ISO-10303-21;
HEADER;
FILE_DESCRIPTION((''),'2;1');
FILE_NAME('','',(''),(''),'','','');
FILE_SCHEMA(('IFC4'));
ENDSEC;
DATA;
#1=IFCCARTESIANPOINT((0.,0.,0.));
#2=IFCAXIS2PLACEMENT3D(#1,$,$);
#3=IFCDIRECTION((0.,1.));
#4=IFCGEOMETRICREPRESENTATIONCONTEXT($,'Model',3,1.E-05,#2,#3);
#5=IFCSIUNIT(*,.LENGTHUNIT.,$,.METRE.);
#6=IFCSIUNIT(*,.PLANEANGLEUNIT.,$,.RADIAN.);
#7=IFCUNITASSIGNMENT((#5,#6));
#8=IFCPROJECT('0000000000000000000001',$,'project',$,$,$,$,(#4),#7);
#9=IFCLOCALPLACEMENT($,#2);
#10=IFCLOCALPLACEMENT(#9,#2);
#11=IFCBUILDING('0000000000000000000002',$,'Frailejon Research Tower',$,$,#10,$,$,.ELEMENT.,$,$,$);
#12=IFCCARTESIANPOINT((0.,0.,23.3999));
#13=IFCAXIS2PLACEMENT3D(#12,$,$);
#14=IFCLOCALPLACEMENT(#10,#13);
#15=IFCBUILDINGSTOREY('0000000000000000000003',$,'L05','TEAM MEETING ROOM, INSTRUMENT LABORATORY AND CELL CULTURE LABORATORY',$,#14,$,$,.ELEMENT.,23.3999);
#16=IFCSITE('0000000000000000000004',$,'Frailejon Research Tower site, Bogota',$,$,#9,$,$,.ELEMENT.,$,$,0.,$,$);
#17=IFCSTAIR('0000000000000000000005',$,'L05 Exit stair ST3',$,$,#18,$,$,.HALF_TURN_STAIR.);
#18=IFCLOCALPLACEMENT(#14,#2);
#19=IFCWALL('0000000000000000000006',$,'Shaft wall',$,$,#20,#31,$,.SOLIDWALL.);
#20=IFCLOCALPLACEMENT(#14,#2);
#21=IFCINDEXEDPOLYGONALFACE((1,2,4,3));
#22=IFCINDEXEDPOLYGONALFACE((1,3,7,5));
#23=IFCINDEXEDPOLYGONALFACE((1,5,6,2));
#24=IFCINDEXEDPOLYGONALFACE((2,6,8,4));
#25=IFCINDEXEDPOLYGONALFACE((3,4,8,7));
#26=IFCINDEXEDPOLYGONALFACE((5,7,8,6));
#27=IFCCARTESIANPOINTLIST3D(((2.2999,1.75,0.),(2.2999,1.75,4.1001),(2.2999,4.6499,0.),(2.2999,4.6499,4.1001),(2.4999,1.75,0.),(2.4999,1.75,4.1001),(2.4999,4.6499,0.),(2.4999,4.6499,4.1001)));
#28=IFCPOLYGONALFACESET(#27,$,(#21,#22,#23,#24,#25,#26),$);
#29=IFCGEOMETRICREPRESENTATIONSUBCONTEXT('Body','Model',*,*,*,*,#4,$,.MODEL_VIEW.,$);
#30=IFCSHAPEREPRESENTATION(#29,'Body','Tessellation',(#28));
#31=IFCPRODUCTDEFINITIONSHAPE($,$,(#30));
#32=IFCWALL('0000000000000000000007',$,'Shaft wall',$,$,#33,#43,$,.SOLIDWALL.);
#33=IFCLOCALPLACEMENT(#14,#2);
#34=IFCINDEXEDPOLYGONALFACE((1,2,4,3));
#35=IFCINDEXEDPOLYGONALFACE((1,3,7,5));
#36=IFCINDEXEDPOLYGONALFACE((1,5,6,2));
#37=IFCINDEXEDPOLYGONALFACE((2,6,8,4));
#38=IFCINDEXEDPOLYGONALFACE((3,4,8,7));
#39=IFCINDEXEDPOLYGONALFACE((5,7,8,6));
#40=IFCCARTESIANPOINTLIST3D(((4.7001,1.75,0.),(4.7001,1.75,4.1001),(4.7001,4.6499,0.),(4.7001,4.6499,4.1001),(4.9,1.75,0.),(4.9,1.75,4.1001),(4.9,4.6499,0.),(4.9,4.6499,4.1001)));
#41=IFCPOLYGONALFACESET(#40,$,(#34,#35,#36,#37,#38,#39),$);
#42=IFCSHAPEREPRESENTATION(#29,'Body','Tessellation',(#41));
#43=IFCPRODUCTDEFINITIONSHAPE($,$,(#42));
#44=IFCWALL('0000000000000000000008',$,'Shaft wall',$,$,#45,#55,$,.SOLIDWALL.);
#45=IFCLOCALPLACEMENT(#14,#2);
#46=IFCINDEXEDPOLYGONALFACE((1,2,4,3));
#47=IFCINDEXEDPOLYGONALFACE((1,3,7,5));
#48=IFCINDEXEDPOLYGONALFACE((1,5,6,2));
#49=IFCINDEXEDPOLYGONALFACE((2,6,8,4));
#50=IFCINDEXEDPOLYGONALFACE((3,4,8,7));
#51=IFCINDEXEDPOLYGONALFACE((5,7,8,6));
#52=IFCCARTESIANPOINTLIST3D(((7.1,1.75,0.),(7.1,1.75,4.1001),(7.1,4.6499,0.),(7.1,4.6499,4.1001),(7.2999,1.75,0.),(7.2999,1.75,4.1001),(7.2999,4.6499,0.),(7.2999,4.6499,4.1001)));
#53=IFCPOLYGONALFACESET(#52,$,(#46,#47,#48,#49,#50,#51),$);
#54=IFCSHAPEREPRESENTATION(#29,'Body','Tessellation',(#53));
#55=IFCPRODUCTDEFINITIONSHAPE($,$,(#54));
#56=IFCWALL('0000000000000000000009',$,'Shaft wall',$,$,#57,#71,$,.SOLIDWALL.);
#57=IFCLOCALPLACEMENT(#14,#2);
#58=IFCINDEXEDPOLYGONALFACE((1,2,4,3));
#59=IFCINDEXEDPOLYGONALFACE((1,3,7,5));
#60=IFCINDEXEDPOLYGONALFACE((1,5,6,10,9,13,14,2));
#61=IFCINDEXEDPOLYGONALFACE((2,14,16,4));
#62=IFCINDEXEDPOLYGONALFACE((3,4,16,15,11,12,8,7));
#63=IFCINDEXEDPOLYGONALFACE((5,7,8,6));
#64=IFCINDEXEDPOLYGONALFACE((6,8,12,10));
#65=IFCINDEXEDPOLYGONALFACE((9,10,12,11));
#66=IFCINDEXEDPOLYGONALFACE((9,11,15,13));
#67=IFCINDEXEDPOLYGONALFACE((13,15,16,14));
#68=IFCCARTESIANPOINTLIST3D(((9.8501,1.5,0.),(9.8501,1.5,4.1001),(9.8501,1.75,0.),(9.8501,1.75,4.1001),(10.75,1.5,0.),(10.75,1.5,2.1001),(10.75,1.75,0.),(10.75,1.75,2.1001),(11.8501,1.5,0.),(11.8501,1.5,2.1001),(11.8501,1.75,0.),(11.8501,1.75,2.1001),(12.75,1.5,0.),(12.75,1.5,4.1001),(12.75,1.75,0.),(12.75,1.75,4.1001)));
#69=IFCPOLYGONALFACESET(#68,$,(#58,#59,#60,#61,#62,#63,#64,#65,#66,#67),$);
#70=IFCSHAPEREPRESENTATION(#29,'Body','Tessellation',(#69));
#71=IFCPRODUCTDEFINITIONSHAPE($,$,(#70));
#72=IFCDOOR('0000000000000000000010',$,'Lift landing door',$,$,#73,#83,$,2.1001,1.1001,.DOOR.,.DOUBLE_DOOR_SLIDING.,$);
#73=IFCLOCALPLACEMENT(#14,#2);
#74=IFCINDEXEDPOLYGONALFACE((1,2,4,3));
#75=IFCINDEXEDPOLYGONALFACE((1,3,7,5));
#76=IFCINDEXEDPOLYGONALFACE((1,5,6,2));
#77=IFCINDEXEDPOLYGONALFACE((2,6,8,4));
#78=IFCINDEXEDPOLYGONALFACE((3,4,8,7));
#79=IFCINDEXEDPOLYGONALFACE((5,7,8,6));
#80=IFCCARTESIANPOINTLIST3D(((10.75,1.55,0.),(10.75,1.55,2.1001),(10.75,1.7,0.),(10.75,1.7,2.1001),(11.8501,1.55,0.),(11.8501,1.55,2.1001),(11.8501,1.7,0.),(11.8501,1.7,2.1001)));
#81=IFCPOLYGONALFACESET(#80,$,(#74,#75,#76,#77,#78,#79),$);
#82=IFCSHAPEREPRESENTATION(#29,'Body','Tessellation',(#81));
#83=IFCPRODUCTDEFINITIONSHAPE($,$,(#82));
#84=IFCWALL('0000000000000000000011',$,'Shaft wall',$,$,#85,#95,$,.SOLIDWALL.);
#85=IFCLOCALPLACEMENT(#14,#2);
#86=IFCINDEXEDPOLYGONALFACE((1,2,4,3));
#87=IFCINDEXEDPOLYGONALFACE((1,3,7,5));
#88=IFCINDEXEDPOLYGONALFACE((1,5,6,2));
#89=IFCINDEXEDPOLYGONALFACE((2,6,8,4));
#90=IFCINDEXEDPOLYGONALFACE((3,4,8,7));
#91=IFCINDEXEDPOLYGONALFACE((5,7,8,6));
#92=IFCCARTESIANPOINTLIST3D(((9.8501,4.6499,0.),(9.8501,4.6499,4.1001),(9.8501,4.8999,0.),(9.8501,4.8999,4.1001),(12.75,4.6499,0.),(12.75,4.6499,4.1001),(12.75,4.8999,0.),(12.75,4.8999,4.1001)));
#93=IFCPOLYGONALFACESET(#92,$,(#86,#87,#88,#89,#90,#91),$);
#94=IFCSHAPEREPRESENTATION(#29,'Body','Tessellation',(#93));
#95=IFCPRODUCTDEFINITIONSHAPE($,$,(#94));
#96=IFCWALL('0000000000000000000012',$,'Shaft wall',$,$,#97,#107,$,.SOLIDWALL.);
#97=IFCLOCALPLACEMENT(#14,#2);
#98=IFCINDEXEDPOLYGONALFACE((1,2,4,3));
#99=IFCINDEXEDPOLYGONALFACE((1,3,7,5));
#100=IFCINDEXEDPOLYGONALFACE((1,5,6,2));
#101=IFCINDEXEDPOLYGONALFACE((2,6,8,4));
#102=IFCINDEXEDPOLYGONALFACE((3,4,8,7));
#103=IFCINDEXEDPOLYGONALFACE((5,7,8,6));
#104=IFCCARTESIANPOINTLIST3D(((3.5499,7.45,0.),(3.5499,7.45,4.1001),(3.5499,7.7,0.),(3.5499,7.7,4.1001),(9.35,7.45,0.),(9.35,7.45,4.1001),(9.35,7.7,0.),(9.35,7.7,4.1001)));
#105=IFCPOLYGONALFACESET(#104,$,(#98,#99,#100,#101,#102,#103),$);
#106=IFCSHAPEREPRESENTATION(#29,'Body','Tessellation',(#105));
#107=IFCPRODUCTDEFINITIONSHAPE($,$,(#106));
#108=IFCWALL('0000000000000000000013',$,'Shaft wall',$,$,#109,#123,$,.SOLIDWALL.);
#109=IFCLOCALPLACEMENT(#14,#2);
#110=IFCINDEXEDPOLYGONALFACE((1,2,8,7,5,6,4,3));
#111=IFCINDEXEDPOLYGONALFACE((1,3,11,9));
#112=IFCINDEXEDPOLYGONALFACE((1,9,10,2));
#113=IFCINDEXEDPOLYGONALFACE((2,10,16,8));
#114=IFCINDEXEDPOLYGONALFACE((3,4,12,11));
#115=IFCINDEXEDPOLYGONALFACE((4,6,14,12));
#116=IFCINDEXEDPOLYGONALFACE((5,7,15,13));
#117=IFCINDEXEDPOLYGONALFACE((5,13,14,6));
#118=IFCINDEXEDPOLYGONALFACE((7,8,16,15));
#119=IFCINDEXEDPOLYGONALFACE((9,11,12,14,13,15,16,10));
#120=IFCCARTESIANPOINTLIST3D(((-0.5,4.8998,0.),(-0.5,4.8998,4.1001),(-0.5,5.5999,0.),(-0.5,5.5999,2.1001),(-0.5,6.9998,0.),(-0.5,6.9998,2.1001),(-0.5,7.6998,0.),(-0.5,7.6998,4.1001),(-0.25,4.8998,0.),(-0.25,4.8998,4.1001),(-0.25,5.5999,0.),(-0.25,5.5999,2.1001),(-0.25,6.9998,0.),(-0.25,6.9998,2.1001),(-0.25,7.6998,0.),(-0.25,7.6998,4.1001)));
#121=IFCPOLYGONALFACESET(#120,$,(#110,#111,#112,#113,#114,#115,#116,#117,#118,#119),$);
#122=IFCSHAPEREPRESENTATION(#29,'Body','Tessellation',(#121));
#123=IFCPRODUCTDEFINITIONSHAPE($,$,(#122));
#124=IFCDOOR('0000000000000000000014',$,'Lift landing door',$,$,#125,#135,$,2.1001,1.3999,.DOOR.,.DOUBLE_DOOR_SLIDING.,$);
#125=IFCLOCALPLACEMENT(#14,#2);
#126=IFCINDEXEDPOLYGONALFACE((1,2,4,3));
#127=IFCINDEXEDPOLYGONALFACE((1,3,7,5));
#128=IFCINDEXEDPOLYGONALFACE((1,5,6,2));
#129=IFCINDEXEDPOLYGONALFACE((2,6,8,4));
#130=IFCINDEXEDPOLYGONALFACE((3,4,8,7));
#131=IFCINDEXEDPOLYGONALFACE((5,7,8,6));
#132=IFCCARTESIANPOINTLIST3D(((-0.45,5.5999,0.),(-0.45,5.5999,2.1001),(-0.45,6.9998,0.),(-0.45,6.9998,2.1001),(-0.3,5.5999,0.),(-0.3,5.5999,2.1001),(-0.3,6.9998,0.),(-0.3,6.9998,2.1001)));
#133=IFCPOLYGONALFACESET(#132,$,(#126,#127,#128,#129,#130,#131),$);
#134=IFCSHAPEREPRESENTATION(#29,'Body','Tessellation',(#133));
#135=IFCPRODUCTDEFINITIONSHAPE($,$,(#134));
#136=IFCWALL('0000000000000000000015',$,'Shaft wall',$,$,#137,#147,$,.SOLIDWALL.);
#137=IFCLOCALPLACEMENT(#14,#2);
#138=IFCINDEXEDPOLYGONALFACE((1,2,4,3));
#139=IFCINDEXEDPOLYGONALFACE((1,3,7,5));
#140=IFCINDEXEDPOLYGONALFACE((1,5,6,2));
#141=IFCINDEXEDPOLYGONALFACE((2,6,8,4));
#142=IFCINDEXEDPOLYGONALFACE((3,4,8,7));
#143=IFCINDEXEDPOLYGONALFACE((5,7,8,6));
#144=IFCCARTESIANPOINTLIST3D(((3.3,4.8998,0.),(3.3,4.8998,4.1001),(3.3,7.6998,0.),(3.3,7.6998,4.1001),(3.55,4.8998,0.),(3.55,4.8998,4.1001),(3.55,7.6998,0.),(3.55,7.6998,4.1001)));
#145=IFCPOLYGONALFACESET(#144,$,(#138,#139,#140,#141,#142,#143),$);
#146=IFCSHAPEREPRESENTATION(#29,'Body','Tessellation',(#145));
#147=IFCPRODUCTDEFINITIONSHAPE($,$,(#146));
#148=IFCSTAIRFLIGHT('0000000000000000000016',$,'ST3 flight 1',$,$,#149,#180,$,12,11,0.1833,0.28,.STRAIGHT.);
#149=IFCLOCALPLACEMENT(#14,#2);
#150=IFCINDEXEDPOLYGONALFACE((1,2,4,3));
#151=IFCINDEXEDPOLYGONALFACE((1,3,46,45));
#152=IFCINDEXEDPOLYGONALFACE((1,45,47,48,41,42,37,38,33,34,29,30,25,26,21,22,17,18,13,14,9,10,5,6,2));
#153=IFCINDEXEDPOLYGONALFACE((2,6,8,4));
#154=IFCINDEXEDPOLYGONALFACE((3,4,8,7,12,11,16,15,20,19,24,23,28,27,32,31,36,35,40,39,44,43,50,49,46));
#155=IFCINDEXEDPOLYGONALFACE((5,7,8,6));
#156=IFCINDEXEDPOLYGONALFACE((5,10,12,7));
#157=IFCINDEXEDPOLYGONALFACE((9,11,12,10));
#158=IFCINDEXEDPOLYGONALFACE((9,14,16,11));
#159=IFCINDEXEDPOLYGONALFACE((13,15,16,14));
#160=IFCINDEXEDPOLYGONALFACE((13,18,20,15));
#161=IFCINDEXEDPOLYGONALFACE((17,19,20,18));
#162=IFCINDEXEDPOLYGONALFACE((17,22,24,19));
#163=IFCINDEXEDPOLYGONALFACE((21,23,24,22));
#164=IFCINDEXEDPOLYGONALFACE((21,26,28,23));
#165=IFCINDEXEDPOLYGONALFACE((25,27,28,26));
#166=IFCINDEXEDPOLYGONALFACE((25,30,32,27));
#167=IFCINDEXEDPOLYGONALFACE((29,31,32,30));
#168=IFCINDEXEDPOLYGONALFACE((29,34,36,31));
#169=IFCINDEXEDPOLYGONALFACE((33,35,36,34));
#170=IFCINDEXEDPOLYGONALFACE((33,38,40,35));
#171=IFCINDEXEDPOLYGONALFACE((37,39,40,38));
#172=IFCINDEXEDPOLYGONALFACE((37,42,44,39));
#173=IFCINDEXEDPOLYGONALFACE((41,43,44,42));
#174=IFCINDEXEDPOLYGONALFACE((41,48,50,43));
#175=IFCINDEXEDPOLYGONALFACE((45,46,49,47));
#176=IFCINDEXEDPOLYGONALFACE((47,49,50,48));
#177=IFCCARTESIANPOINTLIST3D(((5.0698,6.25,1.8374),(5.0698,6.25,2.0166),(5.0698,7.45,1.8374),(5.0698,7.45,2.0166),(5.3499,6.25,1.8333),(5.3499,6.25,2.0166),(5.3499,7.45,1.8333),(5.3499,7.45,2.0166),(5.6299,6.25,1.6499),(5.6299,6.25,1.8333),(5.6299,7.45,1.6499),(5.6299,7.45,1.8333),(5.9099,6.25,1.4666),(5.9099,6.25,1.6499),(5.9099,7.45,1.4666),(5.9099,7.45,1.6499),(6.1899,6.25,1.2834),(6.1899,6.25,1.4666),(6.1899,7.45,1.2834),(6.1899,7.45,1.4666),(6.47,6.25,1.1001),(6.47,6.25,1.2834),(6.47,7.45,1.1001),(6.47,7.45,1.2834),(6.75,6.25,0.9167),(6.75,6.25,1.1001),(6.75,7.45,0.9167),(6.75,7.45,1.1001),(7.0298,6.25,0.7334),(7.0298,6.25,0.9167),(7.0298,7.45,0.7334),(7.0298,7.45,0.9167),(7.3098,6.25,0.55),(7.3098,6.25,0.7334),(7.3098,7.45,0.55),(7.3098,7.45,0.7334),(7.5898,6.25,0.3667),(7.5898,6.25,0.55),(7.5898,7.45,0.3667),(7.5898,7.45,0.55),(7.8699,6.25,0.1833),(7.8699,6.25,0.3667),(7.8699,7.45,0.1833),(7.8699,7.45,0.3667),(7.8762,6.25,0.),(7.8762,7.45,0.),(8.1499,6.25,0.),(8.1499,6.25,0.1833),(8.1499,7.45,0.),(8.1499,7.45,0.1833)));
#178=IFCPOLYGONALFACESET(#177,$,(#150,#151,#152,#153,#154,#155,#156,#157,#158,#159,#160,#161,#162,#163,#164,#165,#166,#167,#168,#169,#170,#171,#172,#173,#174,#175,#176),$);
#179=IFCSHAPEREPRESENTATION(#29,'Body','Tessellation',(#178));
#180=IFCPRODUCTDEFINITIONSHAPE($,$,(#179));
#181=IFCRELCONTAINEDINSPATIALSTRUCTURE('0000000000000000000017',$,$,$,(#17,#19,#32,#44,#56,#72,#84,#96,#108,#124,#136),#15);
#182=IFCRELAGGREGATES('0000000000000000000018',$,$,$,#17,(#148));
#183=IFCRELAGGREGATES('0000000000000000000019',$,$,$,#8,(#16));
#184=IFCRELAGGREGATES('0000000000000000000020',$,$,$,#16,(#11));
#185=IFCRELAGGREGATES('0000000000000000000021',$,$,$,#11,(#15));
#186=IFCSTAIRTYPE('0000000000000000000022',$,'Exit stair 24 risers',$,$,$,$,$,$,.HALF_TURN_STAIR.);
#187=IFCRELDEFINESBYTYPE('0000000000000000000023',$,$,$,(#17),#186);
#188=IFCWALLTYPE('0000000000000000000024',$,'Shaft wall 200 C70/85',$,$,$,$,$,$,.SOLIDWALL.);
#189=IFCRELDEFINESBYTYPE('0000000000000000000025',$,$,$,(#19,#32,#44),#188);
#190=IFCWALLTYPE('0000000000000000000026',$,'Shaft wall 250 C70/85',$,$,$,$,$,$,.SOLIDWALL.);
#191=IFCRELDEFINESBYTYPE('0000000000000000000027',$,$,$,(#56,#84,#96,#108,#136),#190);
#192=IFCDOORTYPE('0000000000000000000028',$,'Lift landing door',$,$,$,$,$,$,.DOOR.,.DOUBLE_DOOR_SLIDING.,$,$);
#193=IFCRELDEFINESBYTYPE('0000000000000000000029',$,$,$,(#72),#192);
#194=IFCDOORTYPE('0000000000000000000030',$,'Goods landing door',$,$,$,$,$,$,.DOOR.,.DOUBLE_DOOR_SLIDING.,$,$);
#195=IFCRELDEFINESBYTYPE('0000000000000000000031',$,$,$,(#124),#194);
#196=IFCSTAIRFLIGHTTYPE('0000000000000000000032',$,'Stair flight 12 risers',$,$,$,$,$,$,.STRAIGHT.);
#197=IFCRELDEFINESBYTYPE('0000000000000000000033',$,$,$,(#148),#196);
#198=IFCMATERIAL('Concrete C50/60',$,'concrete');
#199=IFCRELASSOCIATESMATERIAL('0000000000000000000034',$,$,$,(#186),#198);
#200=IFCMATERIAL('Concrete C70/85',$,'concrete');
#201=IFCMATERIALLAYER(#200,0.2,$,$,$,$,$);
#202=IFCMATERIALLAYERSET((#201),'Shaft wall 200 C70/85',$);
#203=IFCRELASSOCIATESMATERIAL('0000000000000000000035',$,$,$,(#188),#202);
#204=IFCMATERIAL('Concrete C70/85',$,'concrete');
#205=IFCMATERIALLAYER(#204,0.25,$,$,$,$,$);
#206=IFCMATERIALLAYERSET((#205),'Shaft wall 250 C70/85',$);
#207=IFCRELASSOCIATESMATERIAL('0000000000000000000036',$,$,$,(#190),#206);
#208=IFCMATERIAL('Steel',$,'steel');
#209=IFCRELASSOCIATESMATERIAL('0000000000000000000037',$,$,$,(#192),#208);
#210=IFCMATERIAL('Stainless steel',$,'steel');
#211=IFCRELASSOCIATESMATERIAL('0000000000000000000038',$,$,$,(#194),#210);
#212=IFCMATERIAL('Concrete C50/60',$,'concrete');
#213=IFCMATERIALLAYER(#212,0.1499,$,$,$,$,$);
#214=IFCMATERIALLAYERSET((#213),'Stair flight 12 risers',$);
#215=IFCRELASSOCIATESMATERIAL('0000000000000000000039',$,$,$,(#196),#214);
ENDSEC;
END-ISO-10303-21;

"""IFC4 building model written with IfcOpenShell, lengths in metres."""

from ifc_helpers import new_model, si_unit, direction, frame, frame_2d, origin, place, context, subcontext, project, spatial, polyline, rectangle, outline, extrude, material, layer, layer_set, type_object, element, fill, aggregate, save


model = new_model("IFC4")

# Units and contexts
model_context = context("Model", 3, precision=1e-05, world=origin(), true_north=direction((0.0, 1.0)))
body_context = subcontext(model_context, "Body", "Model", "MODEL_VIEW")
ifc_project = project(units=[si_unit("LENGTHUNIT", "METRE"), si_unit("PLANEANGLEUNIT", "RADIAN")], contexts=[model_context])

# Site, building, storey
site_placement = place(None, origin())
site = spatial("IfcSite", under=ifc_project, at=site_placement, Name="Frailejon Research Tower site, Bogota", CompositionType="ELEMENT", RefElevation=0.0)
building_placement = place(site_placement, origin())
building = spatial("IfcBuilding", under=site, at=building_placement, Name="Frailejon Research Tower", CompositionType="ELEMENT")
storey_placement = place(building_placement, frame((0.0, 0.0, 23.3999)))
storey = spatial("IfcBuildingStorey", under=building, at=storey_placement, Name="L05", Description="TEAM MEETING ROOM, INSTRUMENT LABORATORY AND CELL CULTURE LABORATORY", CompositionType="ELEMENT", Elevation=23.3999)

# Stair
ifc_material_1 = material(Name="Concrete C50/60", Category="concrete")
stair_type = type_object("IfcStairType", Name="Exit stair 24 risers", PredefinedType="HALF_TURN_STAIR", material=ifc_material_1)
stair_1_placement = place(storey_placement, origin())
stair_1 = element("IfcStair", 1, at=stair_1_placement, inside=storey, type_object=stair_type, Name="L05 Exit stair ST3", PredefinedType="HALF_TURN_STAIR")

# Walls
ifc_material_2 = material(Name="Concrete C70/85", Category="concrete")
ifc_layer_1 = layer(ifc_material_2, 0.2)
ifc_layer_set_1 = layer_set([ifc_layer_1], Name="Shaft wall 200 C70/85")
wall_type_1 = type_object("IfcWallType", Name="Shaft wall 200 C70/85", PredefinedType="SOLIDWALL", material=ifc_layer_set_1)
for number, where, z_axis, x_axis, name in (
    (2, (2.3999, 1.75, 0.0), (0.0, 0.0, 1.0), (0.0, 1.0, 0.0), "Shaft wall"),
    (3, (4.8, 1.75, 0.0), (0.0, 0.0, 1.0), (0.0, 1.0, 0.0), "Shaft wall"),
    (4, (7.2, 1.75, 0.0), (0.0, 0.0, 1.0), (0.0, 1.0, 0.0), "Shaft wall"),
):
    element("IfcWall", number, at=place(storey_placement, frame(where, z_axis=z_axis, x_axis=x_axis)), inside=storey, type_object=wall_type_1, Name=name, PredefinedType="SOLIDWALL", context=body_context, shape_type="SweptSolid", body=[
        extrude(rectangle(XDim=2.8999, YDim=0.2, at=frame_2d((1.45, 0.0))), origin(), (0.0, 0.0, 1.0), 4.1001),
    ])

# Wall, opening, door
ifc_material_3 = material(Name="Concrete C70/85", Category="concrete")
ifc_layer_2 = layer(ifc_material_3, 0.25)
ifc_layer_set_2 = layer_set([ifc_layer_2], Name="Shaft wall 250 C70/85")
wall_type_2 = type_object("IfcWallType", Name="Shaft wall 250 C70/85", PredefinedType="SOLIDWALL", material=ifc_layer_set_2)
wall_1_placement = place(storey_placement, frame((9.8501, 1.625, 0.0), z_axis=(0.0, 0.0, 1.0), x_axis=(1.0, 0.0, 0.0)))
wall_1 = element("IfcWall", 5, at=wall_1_placement, inside=storey, type_object=wall_type_2, Name="Shaft wall", PredefinedType="SOLIDWALL", context=body_context, shape_type="SweptSolid", body=[
    extrude(rectangle(XDim=2.8999, YDim=0.25, at=frame_2d((1.45, 0.0))), origin(), (0.0, 0.0, 1.0), 4.1001),
])
opening_1_placement = place(wall_1_placement, frame((0.8999, 0.0, 0.0)))
opening_1 = element("IfcOpeningElement", 6, at=opening_1_placement, cuts=wall_1, PredefinedType="OPENING", context=body_context, shape_type="SweptSolid", body=[
    extrude(rectangle(XDim=1.1001, YDim=2.1001, at=frame_2d((0.55, 1.05))), frame((0.0, 0.135, 0.0), z_axis=(0.0, -1.0, 0.0), x_axis=(1.0, 0.0, 0.0)), (0.0, 0.0, 1.0), 0.27),
])
ifc_material_4 = material(Name="Steel", Category="steel")
door_type_1 = type_object("IfcDoorType", Name="Lift landing door", OperationType="DOUBLE_DOOR_SLIDING", PredefinedType="DOOR", material=ifc_material_4)
door_1_placement = place(opening_1_placement, origin())
door_1 = element("IfcDoor", 7, at=door_1_placement, inside=storey, type_object=door_type_1, Name="Lift landing door", OperationType="DOUBLE_DOOR_SLIDING", OverallHeight=2.1001, OverallWidth=1.1001, PredefinedType="DOOR", context=body_context, shape_type="SweptSolid", body=[
    extrude(rectangle(XDim=1.1001, YDim=2.1001, at=frame_2d((0.55, 1.05))), frame((0.0, 0.075, 0.0), z_axis=(0.0, -1.0, 0.0), x_axis=(1.0, 0.0, 0.0)), (0.0, 0.0, 1.0), 0.1499),
])
fill(opening_1, door_1)

# Walls
wall_2_placement = place(storey_placement, frame((9.8501, 4.7749, 0.0), z_axis=(0.0, 0.0, 1.0), x_axis=(1.0, 0.0, 0.0)))
element("IfcWall", 8, at=wall_2_placement, inside=storey, type_object=wall_type_2, Name="Shaft wall", PredefinedType="SOLIDWALL", context=body_context, shape_type="SweptSolid", body=[
    extrude(rectangle(XDim=2.8999, YDim=0.25, at=frame_2d((1.45, 0.0))), origin(), (0.0, 0.0, 1.0), 4.1001),
])
wall_3_placement = place(storey_placement, frame((3.55, 7.575, 0.0), z_axis=(0.0, 0.0, 1.0), x_axis=(1.0, 0.0, 0.0)))
element("IfcWall", 9, at=wall_3_placement, inside=storey, type_object=wall_type_2, Name="Shaft wall", PredefinedType="SOLIDWALL", context=body_context, shape_type="SweptSolid", body=[
    extrude(rectangle(XDim=5.8, YDim=0.25, at=frame_2d((2.8999, 0.0))), origin(), (0.0, 0.0, 1.0), 4.1001),
])

# Wall, opening, door
wall_4_placement = place(storey_placement, frame((-0.375, 4.8999, 0.0), z_axis=(0.0, 0.0, 1.0), x_axis=(0.0, 1.0, 0.0)))
wall_4 = element("IfcWall", 10, at=wall_4_placement, inside=storey, type_object=wall_type_2, Name="Shaft wall", PredefinedType="SOLIDWALL", context=body_context, shape_type="SweptSolid", body=[
    extrude(rectangle(XDim=2.8, YDim=0.25, at=frame_2d((1.3999, 0.0))), origin(), (0.0, 0.0, 1.0), 4.1001),
])
opening_2_placement = place(wall_4_placement, frame((0.7, 0.0, 0.0)))
opening_2 = element("IfcOpeningElement", 11, at=opening_2_placement, cuts=wall_4, PredefinedType="OPENING", context=body_context, shape_type="SweptSolid", body=[
    extrude(rectangle(XDim=1.3999, YDim=2.1001, at=frame_2d((0.7, 1.05))), frame((0.0, 0.135, 0.0), z_axis=(0.0, -1.0, 0.0), x_axis=(1.0, 0.0, 0.0)), (0.0, 0.0, 1.0), 0.27),
])
ifc_material_5 = material(Name="Stainless steel", Category="steel")
door_type_2 = type_object("IfcDoorType", Name="Goods landing door", OperationType="DOUBLE_DOOR_SLIDING", PredefinedType="DOOR", material=ifc_material_5)
door_2_placement = place(opening_2_placement, origin())
door_2 = element("IfcDoor", 12, at=door_2_placement, inside=storey, type_object=door_type_2, Name="Lift landing door", OperationType="DOUBLE_DOOR_SLIDING", OverallHeight=2.1001, OverallWidth=1.3999, PredefinedType="DOOR", context=body_context, shape_type="SweptSolid", body=[
    extrude(rectangle(XDim=1.3999, YDim=2.1001, at=frame_2d((0.7, 1.05))), frame((0.0, 0.075, 0.0), z_axis=(0.0, -1.0, 0.0), x_axis=(1.0, 0.0, 0.0)), (0.0, 0.0, 1.0), 0.1499),
])
fill(opening_2, door_2)

# Wall
wall_5_placement = place(storey_placement, frame((3.425, 4.8999, 0.0), z_axis=(0.0, 0.0, 1.0), x_axis=(0.0, 1.0, 0.0)))
element("IfcWall", 13, at=wall_5_placement, inside=storey, type_object=wall_type_2, Name="Shaft wall", PredefinedType="SOLIDWALL", context=body_context, shape_type="SweptSolid", body=[
    extrude(rectangle(XDim=2.8, YDim=0.25, at=frame_2d((1.3999, 0.0))), origin(), (0.0, 0.0, 1.0), 4.1001),
])

# Stair flight
ifc_material_6 = material(Name="Concrete C50/60", Category="concrete")
ifc_layer_3 = layer(ifc_material_6, 0.1499)
ifc_layer_set_3 = layer_set([ifc_layer_3], Name="Stair flight 12 risers")
stair_flight_type = type_object("IfcStairFlightType", Name="Stair flight 12 risers", PredefinedType="STRAIGHT", material=ifc_layer_set_3)
stair_flight_1_placement = place(storey_placement, frame((8.1499, 6.8501, 0.0), z_axis=(0.0, 0.0, 1.0), x_axis=(-1.0, 0.0, 0.0)))
stair_flight_1 = element("IfcStairFlight", 14, at=stair_flight_1_placement, type_object=stair_flight_type, Name="ST3 flight 1", NumberOfRisers=12, NumberOfTreads=11, PredefinedType="STRAIGHT", RiserHeight=0.1833, TreadLength=0.28, context=body_context, shape_type="SweptSolid", body=[
    extrude(outline(polyline([(0.0, 0.0), (0.0, 0.1833), (0.28, 0.1833), (0.28, 0.3667), (0.5601, 0.3667), (0.5601, 0.55), (0.8401, 0.55), (0.8401, 0.7334), (1.1201, 0.7334), (1.1201, 0.9167), (1.3999, 0.9167), (1.3999, 1.1001), (1.6799, 1.1001), (1.6799, 1.2834), (1.96, 1.2834), (1.96, 1.4666), (2.24, 1.4666), (2.24, 1.6499), (2.52, 1.6499), (2.52, 1.8333), (2.8, 1.8333), (2.8, 2.0166), (3.0801, 2.0166), (3.0801, 2.2), (3.0801, 1.8374), (0.2737, 0.0), (0.0, 0.0)])), frame((0.0, 0.6001, 0.0), z_axis=(0.0, -1.0, 0.0), x_axis=(1.0, 0.0, 0.0)), (0.0, 0.0, 1.0), 1.2),
])
aggregate(stair_1, [stair_flight_1])

save(model, "model.ifc")
